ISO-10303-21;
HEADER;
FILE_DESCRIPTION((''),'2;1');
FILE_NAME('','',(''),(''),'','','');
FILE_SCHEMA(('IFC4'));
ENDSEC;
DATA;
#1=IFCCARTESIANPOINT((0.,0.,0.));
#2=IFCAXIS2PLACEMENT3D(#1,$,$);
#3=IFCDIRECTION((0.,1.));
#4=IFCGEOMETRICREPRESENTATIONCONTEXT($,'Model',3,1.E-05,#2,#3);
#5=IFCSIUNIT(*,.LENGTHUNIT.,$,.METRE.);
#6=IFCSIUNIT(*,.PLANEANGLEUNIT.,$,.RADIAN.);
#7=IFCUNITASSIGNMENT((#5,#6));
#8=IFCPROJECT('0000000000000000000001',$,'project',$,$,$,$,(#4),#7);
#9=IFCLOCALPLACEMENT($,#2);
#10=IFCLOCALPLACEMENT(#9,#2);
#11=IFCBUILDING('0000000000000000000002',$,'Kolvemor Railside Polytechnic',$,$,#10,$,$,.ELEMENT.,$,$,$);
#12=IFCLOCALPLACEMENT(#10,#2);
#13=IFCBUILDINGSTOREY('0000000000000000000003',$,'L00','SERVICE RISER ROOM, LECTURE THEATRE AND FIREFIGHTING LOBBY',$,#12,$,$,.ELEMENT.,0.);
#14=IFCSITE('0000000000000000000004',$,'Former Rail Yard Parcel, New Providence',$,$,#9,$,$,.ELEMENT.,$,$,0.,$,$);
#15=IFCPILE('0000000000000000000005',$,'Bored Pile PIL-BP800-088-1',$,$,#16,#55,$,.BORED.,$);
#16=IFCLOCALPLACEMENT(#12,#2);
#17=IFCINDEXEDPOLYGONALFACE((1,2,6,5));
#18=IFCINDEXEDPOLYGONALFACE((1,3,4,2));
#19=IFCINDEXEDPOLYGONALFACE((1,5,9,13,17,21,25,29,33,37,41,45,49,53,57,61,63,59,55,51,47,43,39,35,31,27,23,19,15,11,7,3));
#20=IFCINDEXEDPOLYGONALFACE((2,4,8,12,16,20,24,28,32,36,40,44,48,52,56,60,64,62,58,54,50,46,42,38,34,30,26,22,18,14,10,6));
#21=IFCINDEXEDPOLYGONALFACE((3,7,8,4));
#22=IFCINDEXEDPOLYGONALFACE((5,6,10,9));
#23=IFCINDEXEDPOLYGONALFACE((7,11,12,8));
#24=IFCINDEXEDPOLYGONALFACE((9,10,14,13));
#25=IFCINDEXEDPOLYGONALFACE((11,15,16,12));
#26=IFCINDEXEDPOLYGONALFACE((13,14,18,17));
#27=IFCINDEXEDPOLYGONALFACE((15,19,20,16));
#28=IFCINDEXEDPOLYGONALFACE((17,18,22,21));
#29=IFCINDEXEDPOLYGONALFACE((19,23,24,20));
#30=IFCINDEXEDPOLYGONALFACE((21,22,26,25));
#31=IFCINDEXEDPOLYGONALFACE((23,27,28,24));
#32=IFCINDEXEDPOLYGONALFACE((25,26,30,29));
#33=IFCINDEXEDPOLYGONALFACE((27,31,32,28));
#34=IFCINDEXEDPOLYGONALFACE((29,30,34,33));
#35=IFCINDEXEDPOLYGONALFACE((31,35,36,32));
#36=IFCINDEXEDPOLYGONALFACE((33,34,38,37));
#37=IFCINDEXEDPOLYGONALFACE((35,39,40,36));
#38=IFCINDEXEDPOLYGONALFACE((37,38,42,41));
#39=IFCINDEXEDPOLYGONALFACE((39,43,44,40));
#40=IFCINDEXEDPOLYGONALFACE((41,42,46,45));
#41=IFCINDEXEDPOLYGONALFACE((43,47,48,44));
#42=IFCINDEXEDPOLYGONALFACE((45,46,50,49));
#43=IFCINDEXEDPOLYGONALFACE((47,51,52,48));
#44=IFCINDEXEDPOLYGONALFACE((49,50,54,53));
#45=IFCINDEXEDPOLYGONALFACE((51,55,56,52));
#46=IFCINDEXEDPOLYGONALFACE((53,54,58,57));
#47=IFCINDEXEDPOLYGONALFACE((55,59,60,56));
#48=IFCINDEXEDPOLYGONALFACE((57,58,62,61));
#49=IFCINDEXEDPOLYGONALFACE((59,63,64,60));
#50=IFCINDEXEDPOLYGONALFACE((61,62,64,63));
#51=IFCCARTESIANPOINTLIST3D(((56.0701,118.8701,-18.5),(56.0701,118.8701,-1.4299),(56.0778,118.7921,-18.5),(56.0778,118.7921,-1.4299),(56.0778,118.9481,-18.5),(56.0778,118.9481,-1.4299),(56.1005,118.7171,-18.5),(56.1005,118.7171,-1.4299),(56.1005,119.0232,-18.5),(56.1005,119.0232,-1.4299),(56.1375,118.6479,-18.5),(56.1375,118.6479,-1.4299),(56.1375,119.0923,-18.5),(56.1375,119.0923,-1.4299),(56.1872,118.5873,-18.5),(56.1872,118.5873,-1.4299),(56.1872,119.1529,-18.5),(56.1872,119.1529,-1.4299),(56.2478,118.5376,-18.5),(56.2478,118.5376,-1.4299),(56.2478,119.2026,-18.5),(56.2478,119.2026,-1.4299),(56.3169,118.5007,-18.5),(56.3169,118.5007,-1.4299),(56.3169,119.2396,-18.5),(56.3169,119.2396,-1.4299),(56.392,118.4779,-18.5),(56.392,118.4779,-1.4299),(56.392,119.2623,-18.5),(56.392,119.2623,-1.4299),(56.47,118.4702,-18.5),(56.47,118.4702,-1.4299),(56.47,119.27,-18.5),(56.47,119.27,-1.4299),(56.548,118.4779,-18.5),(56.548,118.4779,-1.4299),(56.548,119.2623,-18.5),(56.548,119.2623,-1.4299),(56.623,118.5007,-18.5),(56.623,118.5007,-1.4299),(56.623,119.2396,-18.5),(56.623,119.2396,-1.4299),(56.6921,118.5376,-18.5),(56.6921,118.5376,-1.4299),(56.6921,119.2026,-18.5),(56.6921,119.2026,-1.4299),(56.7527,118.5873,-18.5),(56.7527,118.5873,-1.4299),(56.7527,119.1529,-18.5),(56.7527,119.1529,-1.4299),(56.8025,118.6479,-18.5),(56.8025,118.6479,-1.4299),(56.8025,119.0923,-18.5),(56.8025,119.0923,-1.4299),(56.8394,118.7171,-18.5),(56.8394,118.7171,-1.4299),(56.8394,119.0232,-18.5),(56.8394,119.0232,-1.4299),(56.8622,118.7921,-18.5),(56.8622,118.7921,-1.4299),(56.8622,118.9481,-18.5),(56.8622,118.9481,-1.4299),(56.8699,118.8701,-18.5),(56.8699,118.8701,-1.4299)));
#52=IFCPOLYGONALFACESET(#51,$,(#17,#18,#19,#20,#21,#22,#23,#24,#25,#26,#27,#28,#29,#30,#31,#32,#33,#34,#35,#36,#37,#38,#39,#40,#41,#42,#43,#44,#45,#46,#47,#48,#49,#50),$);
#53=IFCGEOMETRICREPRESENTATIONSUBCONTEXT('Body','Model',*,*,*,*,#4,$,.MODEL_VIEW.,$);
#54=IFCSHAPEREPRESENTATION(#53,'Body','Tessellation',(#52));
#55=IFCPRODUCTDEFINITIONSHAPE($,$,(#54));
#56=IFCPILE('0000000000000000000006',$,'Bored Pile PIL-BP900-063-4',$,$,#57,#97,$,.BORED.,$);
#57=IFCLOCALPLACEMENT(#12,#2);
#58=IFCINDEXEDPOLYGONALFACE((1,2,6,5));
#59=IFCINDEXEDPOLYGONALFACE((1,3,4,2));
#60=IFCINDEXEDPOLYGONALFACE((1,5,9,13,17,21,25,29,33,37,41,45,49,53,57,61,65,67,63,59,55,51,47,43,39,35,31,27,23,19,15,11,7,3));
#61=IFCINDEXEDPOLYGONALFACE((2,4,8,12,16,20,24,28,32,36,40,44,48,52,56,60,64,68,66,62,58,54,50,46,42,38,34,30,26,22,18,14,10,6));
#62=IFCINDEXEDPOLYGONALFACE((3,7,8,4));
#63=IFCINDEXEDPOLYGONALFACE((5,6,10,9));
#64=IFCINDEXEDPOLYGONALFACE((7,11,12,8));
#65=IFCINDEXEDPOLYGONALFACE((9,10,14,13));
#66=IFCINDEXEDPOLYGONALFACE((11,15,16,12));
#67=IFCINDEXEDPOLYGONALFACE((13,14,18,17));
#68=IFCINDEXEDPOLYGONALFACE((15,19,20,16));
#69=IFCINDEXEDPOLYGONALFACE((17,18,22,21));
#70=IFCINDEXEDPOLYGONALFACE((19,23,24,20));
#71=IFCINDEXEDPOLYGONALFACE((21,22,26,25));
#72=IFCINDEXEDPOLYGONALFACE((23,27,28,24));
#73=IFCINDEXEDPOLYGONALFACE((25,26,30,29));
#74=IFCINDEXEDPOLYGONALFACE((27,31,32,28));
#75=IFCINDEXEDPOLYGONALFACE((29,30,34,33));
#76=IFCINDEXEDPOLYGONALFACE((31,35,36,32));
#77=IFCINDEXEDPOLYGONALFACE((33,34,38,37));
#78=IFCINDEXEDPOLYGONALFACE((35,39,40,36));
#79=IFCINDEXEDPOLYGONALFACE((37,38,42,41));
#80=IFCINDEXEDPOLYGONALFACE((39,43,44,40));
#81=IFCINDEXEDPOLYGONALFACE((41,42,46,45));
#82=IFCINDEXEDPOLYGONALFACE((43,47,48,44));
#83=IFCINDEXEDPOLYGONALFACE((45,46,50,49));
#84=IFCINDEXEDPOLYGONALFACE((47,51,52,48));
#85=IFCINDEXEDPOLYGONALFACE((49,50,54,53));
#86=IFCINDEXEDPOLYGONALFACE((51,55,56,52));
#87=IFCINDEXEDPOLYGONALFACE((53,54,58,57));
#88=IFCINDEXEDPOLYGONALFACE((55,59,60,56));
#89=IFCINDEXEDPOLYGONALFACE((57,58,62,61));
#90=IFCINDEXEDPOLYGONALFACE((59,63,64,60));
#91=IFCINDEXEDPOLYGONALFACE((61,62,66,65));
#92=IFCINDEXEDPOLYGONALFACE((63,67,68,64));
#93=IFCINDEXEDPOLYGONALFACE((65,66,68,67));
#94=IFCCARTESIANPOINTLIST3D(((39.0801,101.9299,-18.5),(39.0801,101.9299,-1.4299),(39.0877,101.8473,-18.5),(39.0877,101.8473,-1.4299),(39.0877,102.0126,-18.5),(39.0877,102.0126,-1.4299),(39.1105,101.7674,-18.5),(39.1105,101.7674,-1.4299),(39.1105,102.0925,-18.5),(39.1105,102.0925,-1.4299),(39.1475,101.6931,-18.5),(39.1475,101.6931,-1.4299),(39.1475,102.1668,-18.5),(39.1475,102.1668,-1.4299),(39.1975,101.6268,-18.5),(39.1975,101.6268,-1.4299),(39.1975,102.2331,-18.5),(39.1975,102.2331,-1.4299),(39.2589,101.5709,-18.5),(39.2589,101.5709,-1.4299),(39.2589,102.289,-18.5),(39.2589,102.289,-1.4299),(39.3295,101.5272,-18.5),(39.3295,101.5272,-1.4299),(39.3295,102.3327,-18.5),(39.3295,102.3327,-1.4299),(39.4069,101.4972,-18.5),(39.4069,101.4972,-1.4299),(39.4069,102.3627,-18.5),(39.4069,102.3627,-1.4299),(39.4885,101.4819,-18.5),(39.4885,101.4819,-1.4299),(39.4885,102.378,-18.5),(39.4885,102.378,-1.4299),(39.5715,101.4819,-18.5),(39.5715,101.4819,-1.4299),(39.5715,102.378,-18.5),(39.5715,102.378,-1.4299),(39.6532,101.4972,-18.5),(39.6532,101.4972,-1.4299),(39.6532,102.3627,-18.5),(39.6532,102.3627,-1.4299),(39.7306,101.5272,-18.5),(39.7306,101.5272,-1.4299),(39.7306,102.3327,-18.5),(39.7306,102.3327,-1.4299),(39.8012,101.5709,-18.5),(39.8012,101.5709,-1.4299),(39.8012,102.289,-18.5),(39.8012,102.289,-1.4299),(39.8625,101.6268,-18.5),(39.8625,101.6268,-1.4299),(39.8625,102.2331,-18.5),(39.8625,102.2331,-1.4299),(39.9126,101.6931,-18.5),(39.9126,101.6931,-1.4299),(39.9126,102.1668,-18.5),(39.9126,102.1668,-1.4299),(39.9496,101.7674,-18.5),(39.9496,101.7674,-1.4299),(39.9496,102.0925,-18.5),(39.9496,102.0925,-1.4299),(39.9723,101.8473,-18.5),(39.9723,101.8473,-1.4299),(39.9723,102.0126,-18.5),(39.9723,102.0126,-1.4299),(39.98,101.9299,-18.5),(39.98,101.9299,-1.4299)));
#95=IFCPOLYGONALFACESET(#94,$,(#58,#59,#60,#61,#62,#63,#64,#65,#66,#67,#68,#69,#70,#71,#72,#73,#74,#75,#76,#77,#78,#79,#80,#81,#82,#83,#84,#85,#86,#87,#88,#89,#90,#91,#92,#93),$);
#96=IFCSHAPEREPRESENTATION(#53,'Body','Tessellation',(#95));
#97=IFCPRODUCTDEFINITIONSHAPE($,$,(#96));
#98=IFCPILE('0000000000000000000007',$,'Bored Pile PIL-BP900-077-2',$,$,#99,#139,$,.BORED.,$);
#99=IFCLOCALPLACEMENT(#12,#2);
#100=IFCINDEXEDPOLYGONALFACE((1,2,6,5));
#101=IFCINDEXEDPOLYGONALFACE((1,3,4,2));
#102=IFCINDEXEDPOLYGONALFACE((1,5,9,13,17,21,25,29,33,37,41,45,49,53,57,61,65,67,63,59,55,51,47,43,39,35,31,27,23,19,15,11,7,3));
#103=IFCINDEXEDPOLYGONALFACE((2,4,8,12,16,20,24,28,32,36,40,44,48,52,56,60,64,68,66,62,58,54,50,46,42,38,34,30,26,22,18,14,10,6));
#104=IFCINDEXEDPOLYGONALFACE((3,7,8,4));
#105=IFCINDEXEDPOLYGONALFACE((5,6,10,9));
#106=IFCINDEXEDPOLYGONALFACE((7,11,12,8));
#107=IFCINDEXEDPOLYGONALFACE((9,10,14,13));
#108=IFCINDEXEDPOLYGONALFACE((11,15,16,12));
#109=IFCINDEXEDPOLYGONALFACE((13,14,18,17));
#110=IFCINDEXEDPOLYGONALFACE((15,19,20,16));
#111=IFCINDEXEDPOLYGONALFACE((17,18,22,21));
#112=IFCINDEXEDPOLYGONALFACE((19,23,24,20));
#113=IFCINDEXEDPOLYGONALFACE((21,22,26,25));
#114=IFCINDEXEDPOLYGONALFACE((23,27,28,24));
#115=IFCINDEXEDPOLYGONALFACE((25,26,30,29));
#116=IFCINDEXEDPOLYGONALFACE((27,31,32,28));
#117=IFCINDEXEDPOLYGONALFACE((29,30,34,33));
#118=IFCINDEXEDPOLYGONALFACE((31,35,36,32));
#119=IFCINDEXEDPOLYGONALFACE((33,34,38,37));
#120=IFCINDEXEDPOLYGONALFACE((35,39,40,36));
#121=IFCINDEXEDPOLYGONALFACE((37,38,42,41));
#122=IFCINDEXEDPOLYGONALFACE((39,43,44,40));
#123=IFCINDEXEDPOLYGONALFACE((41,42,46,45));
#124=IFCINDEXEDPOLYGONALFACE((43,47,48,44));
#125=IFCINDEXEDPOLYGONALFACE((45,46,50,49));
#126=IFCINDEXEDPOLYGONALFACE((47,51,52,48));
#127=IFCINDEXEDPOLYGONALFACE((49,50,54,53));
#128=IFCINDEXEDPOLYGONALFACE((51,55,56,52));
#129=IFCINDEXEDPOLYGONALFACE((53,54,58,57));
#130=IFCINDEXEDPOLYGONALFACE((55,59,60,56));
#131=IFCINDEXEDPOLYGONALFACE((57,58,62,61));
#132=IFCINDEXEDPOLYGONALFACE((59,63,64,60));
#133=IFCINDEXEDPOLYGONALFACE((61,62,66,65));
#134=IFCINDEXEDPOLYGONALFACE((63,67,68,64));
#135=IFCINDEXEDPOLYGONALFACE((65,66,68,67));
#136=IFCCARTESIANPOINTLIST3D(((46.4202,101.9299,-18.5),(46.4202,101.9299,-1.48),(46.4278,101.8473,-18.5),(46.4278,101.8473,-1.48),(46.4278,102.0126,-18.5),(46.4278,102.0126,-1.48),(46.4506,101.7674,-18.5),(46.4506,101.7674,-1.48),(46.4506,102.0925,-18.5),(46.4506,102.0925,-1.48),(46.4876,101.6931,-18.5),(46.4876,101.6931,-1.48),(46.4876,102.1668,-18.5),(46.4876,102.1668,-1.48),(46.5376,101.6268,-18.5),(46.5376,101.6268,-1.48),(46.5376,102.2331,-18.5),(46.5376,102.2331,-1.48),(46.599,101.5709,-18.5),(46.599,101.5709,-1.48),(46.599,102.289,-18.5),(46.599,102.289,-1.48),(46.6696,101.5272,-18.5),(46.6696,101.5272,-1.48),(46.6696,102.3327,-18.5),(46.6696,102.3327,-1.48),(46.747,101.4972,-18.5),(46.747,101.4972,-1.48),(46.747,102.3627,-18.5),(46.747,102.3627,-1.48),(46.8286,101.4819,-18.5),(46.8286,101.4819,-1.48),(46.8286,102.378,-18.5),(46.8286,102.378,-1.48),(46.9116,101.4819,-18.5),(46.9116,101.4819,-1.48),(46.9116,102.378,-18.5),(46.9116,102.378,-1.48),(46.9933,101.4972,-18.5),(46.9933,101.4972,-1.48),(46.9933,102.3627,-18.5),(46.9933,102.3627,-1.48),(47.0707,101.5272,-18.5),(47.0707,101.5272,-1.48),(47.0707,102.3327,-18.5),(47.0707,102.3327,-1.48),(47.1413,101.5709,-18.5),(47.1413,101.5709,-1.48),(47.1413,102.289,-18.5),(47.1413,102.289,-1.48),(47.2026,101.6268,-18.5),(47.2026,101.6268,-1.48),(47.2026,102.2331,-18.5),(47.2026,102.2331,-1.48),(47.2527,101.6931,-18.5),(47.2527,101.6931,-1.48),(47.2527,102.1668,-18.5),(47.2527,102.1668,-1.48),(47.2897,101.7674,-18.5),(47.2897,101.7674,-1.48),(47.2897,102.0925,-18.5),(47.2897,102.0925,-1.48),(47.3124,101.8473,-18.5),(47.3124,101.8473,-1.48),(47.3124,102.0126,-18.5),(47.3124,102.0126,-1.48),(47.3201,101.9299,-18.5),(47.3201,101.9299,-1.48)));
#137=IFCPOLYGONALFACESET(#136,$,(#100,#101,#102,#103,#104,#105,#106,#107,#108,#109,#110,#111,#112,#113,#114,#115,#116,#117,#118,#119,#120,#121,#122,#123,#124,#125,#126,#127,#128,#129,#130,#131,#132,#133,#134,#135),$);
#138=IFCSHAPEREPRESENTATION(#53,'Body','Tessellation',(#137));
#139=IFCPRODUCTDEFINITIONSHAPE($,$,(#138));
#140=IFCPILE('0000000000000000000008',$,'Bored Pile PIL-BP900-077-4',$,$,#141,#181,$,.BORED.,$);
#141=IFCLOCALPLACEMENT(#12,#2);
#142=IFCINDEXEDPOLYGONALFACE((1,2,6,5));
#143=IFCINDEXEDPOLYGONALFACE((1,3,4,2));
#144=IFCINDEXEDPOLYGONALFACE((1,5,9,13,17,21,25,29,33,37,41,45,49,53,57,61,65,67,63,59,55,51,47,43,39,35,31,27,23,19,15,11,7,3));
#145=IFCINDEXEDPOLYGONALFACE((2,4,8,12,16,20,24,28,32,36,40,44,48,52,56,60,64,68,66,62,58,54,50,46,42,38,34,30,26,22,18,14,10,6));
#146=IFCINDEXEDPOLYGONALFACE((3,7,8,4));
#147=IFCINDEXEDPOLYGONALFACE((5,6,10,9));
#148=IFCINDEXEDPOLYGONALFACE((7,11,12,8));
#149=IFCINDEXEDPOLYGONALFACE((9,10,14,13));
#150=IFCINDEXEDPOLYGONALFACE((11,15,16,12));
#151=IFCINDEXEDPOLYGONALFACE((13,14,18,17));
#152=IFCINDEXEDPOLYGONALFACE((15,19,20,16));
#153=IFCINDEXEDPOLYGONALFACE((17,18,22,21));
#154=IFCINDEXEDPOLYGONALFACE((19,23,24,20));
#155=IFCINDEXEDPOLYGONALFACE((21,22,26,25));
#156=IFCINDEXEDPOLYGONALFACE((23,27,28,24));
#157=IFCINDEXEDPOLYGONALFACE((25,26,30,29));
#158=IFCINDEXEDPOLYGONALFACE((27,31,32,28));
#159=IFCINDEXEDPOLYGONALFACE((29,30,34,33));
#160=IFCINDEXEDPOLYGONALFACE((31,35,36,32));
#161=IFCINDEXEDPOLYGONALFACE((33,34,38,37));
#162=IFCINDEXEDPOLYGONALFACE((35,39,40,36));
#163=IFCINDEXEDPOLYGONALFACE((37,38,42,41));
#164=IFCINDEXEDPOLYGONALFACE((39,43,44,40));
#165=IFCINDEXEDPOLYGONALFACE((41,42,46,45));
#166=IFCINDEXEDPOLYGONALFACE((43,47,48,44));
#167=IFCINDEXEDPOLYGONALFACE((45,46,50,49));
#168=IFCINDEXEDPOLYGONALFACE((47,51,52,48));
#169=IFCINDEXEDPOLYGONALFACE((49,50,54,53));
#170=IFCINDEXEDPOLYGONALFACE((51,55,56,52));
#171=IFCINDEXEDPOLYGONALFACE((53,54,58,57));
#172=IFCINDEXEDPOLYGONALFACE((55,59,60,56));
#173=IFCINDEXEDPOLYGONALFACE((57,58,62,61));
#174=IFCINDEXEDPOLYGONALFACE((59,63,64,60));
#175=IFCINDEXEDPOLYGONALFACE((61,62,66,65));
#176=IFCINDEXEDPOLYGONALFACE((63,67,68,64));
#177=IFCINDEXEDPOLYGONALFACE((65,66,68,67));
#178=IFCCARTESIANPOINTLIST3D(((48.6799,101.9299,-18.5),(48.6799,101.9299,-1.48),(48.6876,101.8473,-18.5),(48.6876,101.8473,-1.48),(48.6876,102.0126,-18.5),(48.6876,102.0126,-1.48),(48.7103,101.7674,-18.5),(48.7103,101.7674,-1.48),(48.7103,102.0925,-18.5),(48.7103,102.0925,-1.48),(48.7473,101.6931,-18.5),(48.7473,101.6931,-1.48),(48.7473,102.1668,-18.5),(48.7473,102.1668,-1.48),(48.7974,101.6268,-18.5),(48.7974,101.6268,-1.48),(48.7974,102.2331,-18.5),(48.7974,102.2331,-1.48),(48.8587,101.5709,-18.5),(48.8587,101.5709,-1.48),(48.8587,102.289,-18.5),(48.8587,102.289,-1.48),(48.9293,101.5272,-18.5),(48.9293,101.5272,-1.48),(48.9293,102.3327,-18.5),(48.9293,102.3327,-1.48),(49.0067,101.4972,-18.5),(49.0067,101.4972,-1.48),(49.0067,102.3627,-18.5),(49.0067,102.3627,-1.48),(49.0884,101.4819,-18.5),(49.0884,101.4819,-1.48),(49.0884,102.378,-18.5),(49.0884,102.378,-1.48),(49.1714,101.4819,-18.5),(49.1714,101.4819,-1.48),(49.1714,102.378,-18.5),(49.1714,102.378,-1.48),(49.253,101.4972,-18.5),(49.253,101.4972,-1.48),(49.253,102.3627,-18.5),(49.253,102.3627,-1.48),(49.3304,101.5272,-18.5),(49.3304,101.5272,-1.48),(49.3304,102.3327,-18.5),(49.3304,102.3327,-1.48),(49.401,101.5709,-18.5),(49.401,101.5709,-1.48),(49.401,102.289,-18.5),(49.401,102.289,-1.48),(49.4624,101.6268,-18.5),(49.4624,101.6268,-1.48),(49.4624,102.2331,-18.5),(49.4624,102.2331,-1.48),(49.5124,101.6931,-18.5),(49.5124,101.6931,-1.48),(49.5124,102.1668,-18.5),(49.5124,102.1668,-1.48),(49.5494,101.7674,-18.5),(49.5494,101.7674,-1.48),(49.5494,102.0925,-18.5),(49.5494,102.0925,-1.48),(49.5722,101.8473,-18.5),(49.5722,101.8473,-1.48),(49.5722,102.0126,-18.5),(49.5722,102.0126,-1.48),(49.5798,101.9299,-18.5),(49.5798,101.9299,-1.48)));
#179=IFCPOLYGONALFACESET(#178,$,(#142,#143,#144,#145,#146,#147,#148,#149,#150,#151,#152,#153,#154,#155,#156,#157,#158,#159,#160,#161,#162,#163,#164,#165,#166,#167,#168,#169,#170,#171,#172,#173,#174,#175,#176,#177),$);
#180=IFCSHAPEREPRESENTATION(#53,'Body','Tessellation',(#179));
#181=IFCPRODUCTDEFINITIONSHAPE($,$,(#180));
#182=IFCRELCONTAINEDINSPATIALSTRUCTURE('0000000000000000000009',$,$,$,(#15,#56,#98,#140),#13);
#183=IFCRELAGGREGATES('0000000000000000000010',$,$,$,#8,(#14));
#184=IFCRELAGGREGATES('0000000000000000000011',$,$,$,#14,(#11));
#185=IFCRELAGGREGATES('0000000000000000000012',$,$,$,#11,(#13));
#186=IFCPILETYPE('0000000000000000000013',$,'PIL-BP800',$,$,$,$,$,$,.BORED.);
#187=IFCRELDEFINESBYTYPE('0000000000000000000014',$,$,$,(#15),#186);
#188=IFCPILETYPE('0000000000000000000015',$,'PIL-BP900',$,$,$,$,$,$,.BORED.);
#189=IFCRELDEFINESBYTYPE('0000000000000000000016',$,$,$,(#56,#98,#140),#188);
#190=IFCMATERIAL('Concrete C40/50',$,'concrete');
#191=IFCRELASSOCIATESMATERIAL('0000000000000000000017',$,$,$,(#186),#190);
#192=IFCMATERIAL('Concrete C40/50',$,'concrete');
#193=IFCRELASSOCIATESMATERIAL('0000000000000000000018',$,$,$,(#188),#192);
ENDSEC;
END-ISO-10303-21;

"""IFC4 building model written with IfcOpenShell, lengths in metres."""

from ifc_helpers import new_model, si_unit, direction, frame, origin, origin_2d, place, context, subcontext, project, spatial, circle, extrude, material, material_profile, profile_set, type_object, element, save


model = new_model("IFC4")

# Units and contexts
model_context = context("Model", 3, precision=1e-05, world=origin(), true_north=direction((0.0, 1.0)))
body_context = subcontext(model_context, "Body", "Model", "MODEL_VIEW")
ifc_project = project(units=[si_unit("LENGTHUNIT", "METRE"), si_unit("PLANEANGLEUNIT", "RADIAN")], contexts=[model_context])

# Site, building, storey
site_placement = place(None, origin())
site = spatial("IfcSite", under=ifc_project, at=site_placement, Name="Former Rail Yard Parcel, New Providence", CompositionType="ELEMENT", RefElevation=0.0)
building_placement = place(site_placement, origin())
building = spatial("IfcBuilding", under=site, at=building_placement, Name="Kolvemor Railside Polytechnic", CompositionType="ELEMENT")
storey_placement = place(building_placement, origin())
storey = spatial("IfcBuildingStorey", under=building, at=storey_placement, Name="L00", Description="SERVICE RISER ROOM, LECTURE THEATRE AND FIREFIGHTING LOBBY", CompositionType="ELEMENT", Elevation=0.0)

# Piles
ifc_material_1 = material(Name="Concrete C40/50", Category="concrete")
ifc_material_profile_1 = material_profile(ifc_material_1, circle(Radius=0.3999, at=origin_2d()), Name="BP800")
ifc_profile_set_1 = profile_set([ifc_material_profile_1], Name="Concrete C40/50")
pile_type_1 = type_object("IfcPileType", Name="PIL-BP800", PredefinedType="BORED", material=ifc_profile_set_1)
for number, where, z_axis, x_axis, name in (
    (1, (56.47, 118.8701, -1.4299), (0.0, 0.0, -1.0), (1.0, 0.0, 0.0), "Bored Pile PIL-BP800-088-1"),
):
    element("IfcPile", number, at=place(storey_placement, frame(where, z_axis=z_axis, x_axis=x_axis)), inside=storey, type_object=pile_type_1, Name=name, PredefinedType="BORED", context=body_context, shape_type="SweptSolid", body=[
        extrude(circle(Radius=0.3999, at=origin_2d()), origin(), (0.0, 0.0, 1.0), 17.0701),
    ])
ifc_material_2 = material(Name="Concrete C40/50", Category="concrete")
ifc_material_profile_2 = material_profile(ifc_material_2, circle(Radius=0.45, at=origin_2d()), Name="BP900")
ifc_profile_set_2 = profile_set([ifc_material_profile_2], Name="Concrete C40/50")
pile_type_2 = type_object("IfcPileType", Name="PIL-BP900", PredefinedType="BORED", material=ifc_profile_set_2)
pile_1_placement = place(storey_placement, frame((39.53, 101.9299, -1.4299), z_axis=(0.0, 0.0, -1.0), x_axis=(1.0, 0.0, 0.0)))
element("IfcPile", 2, at=pile_1_placement, inside=storey, type_object=pile_type_2, Name="Bored Pile PIL-BP900-063-4", PredefinedType="BORED", context=body_context, shape_type="SweptSolid", body=[
    extrude(circle(Radius=0.45, at=origin_2d()), origin(), (0.0, 0.0, 1.0), 17.0701),
])
for number, where, z_axis, x_axis, name in (
    (3, (46.8701, 101.9299, -1.48), (0.0, 0.0, -1.0), (1.0, 0.0, 0.0), "Bored Pile PIL-BP900-077-2"),
    (4, (49.1299, 101.9299, -1.48), (0.0, 0.0, -1.0), (1.0, 0.0, 0.0), "Bored Pile PIL-BP900-077-4"),
):
    element("IfcPile", number, at=place(storey_placement, frame(where, z_axis=z_axis, x_axis=x_axis)), inside=storey, type_object=pile_type_2, Name=name, PredefinedType="BORED", context=body_context, shape_type="SweptSolid", body=[
        extrude(circle(Radius=0.45, at=origin_2d()), origin(), (0.0, 0.0, 1.0), 17.02),
    ])

save(model, "model.ifc")
